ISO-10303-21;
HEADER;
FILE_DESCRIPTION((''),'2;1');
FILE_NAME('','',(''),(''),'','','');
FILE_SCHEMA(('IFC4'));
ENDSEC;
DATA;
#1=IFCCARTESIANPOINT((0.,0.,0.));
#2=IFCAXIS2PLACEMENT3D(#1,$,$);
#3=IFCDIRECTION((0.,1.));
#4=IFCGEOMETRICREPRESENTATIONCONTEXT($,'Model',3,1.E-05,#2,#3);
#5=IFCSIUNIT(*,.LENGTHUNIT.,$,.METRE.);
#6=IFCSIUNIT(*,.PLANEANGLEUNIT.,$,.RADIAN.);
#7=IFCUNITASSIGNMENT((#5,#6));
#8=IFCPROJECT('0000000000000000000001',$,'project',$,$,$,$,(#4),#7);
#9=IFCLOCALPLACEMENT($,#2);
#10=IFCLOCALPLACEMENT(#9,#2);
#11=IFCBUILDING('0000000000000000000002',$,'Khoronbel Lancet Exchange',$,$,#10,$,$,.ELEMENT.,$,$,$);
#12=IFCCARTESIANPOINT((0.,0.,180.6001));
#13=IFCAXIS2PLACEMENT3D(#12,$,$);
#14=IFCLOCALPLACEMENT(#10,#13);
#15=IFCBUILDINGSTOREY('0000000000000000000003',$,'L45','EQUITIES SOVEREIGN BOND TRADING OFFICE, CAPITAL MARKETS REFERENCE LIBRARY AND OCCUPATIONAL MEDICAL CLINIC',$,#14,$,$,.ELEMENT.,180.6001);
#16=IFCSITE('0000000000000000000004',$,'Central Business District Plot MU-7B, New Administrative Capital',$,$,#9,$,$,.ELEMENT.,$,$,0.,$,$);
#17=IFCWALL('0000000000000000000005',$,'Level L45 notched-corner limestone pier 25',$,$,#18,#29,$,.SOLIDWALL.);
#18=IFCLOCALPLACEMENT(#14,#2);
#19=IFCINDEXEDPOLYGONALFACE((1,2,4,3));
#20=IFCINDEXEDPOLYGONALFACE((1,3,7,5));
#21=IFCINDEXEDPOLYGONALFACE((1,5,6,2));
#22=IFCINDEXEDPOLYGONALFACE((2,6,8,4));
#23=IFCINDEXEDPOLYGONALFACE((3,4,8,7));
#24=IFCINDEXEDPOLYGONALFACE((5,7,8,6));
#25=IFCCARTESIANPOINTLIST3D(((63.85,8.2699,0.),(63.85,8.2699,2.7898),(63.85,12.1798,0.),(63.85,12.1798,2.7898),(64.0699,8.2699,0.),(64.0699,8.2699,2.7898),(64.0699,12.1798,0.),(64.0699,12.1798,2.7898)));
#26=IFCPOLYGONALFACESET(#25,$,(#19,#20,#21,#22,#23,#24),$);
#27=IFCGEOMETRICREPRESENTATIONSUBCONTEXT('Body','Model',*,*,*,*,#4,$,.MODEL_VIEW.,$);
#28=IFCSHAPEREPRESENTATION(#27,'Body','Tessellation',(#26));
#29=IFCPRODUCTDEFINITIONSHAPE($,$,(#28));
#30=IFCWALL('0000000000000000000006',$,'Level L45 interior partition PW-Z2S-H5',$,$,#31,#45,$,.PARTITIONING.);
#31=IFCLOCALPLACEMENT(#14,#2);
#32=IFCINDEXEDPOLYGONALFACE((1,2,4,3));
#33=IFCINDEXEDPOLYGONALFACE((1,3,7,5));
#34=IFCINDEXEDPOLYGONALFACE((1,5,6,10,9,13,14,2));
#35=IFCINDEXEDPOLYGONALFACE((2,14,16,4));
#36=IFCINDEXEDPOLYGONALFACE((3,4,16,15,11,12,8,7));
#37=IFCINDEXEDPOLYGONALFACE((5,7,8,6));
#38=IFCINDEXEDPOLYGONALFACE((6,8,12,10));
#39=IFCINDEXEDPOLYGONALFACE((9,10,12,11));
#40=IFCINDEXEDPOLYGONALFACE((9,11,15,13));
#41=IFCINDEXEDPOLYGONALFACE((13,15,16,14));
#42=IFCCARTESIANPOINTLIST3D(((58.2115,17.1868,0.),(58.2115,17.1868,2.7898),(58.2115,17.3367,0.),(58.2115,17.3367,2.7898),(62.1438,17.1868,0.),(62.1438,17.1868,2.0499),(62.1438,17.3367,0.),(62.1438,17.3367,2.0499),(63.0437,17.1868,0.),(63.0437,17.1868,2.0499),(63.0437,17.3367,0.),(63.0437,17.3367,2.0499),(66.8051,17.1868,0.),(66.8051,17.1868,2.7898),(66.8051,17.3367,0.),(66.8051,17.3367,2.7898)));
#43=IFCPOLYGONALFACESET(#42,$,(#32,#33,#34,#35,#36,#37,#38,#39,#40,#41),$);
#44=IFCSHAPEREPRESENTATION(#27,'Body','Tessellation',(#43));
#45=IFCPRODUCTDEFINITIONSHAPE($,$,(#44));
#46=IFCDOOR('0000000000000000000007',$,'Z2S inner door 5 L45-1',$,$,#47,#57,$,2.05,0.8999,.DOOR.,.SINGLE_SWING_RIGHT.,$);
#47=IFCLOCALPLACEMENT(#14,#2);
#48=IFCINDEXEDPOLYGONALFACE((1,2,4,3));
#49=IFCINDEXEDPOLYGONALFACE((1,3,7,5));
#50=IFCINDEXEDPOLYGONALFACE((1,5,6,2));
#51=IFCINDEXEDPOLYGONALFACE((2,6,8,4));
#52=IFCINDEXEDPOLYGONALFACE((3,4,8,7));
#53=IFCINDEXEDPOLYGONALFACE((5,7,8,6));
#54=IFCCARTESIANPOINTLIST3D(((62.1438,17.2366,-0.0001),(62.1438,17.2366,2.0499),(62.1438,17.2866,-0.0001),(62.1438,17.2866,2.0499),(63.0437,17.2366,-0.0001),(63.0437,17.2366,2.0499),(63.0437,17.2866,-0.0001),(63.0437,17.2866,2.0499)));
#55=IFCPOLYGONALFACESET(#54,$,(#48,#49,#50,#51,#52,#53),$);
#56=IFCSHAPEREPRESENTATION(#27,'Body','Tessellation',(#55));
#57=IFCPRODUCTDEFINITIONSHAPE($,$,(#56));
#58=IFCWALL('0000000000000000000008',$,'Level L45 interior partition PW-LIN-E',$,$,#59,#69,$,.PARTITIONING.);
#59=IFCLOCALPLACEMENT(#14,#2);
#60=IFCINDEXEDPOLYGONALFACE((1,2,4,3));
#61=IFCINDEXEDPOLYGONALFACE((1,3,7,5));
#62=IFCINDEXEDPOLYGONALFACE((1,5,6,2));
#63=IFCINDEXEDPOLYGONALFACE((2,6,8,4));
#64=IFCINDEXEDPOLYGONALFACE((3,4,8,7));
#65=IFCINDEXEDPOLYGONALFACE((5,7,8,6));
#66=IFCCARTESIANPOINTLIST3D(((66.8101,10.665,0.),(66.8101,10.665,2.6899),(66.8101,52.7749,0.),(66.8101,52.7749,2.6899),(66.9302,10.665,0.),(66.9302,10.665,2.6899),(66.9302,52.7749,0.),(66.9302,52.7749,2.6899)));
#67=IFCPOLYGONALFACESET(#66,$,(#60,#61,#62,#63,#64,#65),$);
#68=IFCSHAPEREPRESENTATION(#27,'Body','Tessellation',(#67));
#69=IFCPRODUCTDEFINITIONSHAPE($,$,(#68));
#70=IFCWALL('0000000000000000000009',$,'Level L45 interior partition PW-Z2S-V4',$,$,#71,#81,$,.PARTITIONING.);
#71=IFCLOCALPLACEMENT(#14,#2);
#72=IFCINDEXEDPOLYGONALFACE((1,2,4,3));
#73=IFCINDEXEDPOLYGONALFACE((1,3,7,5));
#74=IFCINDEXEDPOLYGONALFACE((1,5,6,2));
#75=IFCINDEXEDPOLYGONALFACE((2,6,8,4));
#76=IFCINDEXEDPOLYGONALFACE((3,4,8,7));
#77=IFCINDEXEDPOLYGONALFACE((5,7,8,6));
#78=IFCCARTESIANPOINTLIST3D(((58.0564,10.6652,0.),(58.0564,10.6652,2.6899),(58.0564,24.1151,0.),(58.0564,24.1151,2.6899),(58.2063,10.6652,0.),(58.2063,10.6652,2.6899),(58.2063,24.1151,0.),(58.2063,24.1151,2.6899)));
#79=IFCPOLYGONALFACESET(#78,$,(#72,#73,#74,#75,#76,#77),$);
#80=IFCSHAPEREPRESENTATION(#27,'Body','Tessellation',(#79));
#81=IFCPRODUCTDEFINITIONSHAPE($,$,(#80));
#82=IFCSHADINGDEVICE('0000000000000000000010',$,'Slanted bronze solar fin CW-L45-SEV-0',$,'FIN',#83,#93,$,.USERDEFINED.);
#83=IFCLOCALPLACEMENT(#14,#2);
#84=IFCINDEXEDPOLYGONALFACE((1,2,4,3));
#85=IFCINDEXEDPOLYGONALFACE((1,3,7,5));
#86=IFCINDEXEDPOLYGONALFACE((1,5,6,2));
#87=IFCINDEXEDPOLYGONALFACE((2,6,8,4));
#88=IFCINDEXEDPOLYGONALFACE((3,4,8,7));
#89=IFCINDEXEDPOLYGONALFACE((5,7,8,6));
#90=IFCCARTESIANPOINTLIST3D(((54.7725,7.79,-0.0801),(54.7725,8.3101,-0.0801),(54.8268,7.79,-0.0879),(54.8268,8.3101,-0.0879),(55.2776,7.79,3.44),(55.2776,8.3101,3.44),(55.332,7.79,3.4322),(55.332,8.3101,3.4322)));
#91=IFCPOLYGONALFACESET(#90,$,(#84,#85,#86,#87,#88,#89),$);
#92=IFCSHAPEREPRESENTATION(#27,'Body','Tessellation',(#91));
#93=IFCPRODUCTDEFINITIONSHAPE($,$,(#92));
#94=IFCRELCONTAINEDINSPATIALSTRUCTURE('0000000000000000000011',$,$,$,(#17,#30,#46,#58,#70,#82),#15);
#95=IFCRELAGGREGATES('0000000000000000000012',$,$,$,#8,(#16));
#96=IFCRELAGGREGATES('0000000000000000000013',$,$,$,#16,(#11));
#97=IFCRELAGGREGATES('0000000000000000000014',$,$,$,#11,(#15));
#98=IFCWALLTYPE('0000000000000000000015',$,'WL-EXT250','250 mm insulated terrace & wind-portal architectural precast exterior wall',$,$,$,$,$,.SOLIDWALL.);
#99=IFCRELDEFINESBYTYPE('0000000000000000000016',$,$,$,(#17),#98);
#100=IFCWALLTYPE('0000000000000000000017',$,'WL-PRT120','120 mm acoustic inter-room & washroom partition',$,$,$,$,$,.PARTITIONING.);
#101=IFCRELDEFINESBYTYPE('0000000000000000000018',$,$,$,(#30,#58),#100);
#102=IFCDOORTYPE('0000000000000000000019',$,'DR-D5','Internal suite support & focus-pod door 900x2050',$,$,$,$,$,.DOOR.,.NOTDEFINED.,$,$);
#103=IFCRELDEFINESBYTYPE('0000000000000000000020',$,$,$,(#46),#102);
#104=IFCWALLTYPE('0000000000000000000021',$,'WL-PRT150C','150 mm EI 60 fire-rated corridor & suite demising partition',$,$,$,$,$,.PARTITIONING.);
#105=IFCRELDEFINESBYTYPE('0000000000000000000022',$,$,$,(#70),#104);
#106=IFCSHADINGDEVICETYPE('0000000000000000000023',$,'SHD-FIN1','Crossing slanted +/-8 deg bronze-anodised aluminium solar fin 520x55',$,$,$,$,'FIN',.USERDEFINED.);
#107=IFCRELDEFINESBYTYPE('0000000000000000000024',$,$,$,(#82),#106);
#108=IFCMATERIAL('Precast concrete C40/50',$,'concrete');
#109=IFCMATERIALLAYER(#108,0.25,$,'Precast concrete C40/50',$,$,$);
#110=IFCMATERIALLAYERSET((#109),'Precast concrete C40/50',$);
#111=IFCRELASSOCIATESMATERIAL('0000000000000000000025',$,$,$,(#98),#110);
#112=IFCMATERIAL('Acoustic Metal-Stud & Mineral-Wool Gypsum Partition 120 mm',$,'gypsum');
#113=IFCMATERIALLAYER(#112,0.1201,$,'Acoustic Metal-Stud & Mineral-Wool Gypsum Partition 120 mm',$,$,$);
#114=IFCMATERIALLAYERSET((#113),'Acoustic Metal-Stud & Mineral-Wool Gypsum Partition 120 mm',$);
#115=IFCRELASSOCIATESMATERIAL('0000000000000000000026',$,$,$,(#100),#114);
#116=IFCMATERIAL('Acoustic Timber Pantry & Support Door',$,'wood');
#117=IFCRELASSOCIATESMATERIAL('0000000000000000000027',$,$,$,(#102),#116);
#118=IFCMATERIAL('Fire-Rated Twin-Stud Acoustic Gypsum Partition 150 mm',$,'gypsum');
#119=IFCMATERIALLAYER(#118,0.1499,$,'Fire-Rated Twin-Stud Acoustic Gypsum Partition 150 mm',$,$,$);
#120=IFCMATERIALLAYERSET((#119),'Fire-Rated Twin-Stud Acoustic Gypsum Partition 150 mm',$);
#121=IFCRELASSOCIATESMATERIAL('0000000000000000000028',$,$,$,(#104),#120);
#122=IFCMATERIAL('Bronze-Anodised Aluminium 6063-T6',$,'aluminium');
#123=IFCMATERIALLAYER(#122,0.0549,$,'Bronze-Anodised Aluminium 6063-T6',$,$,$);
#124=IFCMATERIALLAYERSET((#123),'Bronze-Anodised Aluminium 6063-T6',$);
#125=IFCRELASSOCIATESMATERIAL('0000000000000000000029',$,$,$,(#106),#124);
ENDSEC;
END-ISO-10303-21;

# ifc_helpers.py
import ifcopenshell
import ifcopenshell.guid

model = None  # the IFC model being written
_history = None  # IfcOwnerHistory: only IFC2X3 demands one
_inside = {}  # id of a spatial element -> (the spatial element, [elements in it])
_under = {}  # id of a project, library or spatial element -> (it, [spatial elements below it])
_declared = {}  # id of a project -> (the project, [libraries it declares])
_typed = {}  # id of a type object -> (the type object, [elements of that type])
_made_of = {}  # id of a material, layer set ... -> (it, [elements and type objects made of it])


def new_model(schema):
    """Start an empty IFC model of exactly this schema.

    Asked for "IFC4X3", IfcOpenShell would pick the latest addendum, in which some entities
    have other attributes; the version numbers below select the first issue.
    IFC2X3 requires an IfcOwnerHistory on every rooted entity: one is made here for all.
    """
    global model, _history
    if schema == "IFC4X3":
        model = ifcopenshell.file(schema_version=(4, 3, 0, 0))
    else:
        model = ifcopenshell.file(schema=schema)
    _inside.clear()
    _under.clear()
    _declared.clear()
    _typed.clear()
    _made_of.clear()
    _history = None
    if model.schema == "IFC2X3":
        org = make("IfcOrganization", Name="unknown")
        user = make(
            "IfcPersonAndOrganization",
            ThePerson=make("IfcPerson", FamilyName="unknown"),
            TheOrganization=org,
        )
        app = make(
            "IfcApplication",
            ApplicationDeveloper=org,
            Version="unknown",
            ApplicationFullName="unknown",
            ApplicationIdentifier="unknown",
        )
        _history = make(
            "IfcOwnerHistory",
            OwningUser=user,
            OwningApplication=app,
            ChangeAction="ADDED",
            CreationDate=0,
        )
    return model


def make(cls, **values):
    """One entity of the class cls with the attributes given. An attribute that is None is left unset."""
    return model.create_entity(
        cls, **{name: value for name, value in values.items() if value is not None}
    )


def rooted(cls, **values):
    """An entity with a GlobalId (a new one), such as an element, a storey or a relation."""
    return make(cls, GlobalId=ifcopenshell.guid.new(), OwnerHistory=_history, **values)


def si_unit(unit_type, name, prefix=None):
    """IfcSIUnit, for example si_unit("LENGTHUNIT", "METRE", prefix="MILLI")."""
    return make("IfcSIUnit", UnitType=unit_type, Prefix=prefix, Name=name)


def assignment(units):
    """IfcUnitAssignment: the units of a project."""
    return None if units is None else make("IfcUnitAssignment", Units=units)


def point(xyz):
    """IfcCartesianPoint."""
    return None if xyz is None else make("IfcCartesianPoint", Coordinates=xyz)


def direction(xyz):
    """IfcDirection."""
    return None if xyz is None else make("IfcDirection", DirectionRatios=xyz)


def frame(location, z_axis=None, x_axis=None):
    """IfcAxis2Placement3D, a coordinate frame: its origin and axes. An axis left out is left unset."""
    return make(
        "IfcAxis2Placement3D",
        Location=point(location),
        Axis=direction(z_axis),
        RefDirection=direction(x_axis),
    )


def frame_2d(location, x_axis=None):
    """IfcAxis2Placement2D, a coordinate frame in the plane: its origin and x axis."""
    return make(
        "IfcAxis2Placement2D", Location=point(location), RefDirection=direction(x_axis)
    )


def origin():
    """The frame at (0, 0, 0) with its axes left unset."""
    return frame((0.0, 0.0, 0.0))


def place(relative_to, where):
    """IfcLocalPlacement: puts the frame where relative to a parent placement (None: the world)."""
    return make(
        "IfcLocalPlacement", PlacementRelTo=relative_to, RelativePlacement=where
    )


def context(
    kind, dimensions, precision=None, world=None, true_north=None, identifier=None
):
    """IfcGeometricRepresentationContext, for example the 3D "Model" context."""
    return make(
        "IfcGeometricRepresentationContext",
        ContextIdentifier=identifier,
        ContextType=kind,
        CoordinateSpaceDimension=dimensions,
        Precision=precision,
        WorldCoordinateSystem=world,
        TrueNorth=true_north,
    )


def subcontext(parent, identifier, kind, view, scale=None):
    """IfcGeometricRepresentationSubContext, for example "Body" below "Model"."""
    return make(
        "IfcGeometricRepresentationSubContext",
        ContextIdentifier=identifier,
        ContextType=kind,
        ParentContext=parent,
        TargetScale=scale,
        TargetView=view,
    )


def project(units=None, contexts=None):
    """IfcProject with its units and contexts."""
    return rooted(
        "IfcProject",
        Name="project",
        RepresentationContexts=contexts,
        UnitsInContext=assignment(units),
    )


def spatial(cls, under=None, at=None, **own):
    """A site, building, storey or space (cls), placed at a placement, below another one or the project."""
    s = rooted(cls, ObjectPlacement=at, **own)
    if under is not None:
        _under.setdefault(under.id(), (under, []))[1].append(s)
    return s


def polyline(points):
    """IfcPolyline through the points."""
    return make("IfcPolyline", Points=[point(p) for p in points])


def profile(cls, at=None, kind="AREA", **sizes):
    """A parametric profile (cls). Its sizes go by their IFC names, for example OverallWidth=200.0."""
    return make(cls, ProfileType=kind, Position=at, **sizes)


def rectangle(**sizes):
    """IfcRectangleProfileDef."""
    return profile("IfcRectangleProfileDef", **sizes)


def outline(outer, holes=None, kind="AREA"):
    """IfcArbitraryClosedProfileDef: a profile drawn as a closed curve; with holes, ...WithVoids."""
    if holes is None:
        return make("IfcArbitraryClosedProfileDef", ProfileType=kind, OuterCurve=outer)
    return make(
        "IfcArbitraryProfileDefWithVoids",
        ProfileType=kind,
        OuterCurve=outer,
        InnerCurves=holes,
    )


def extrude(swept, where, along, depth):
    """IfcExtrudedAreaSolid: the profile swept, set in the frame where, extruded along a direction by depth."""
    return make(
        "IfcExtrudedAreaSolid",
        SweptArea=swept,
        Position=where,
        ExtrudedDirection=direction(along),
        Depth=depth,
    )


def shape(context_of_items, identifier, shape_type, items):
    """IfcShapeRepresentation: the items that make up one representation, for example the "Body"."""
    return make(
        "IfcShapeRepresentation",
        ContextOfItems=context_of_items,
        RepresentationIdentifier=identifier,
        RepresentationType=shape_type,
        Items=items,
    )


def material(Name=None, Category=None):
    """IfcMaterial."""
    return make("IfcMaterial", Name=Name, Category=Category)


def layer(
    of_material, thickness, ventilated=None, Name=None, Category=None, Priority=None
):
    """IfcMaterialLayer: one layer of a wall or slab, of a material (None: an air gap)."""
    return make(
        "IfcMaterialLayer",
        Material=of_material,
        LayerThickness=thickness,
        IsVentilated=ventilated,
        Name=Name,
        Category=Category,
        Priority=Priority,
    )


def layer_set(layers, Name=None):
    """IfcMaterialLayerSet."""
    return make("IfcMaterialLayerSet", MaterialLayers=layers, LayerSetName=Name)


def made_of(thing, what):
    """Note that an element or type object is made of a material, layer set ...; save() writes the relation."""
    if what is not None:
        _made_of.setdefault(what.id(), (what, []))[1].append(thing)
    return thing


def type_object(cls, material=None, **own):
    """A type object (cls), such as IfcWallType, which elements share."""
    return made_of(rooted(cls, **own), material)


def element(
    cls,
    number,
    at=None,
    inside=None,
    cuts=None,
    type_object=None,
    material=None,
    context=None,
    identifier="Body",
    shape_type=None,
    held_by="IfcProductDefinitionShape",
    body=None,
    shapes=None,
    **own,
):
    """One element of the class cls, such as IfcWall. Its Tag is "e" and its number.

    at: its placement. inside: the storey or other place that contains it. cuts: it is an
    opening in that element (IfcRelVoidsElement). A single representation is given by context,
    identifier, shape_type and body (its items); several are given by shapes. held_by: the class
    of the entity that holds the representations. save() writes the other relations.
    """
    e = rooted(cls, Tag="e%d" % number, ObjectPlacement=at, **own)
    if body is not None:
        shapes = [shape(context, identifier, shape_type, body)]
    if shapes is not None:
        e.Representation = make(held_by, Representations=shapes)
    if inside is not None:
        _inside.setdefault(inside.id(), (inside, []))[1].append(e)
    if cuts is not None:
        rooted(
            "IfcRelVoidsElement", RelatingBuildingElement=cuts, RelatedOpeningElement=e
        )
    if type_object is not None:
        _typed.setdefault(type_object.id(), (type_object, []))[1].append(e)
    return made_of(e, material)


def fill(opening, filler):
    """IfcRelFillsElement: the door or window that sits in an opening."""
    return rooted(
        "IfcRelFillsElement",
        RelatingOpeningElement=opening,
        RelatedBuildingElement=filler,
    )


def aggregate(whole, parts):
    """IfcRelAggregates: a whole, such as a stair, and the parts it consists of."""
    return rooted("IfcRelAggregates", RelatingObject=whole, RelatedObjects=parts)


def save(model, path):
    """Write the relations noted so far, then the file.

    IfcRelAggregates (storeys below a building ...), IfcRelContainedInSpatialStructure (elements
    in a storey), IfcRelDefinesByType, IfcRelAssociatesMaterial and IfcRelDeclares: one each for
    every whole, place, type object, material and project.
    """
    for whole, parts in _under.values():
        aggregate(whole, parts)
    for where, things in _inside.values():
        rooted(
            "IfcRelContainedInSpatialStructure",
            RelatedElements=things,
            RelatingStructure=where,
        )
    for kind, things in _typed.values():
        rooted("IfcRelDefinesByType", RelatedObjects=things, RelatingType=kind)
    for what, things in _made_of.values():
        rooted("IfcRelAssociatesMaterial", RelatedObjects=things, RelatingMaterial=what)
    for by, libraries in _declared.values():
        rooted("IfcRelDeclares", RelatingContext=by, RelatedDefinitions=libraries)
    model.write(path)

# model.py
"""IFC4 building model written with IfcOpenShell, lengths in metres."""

from ifc_helpers import new_model, si_unit, direction, frame, frame_2d, origin, place, context, subcontext, project, spatial, polyline, rectangle, outline, extrude, material, layer, layer_set, type_object, element, fill, save


model = new_model("IFC4")

# Units and contexts
model_context = context("Model", 3, precision=1e-05, world=origin(), true_north=direction((0.0, 1.0)))
body_context = subcontext(model_context, "Body", "Model", "MODEL_VIEW")
ifc_project = project(units=[si_unit("LENGTHUNIT", "METRE"), si_unit("PLANEANGLEUNIT", "RADIAN")], contexts=[model_context])

# Site, building, storey
site_placement = place(None, origin())
site = spatial("IfcSite", under=ifc_project, at=site_placement, Name="Central Business District Plot MU-7B, New Administrative Capital", CompositionType="ELEMENT", RefElevation=0.0)
building_placement = place(site_placement, origin())
building = spatial("IfcBuilding", under=site, at=building_placement, Name="Khoronbel Lancet Exchange", CompositionType="ELEMENT")
storey_placement = place(building_placement, frame((0.0, 0.0, 180.6001)))
storey = spatial("IfcBuildingStorey", under=building, at=storey_placement, Name="L45", Description="EQUITIES SOVEREIGN BOND TRADING OFFICE, CAPITAL MARKETS REFERENCE LIBRARY AND OCCUPATIONAL MEDICAL CLINIC", CompositionType="ELEMENT", Elevation=180.6001)

# Shared definitions
ifc_material_1 = material(Name="Bronze-Anodised Aluminium 6063-T6", Category="aluminium")

# Wall
ifc_material_2 = material(Name="Precast concrete C40/50", Category="concrete")
ifc_layer_1 = layer(ifc_material_2, 0.25, Name="Precast concrete C40/50")
ifc_layer_set_1 = layer_set([ifc_layer_1], Name="Precast concrete C40/50")
wall_type_1 = type_object("IfcWallType", Name="WL-EXT250", Description="250 mm insulated terrace & wind-portal architectural precast exterior wall", PredefinedType="SOLIDWALL", material=ifc_layer_set_1)
wall_1_placement = place(storey_placement, frame((63.96, 12.1799, 0.0), z_axis=(0.0, 0.0, 1.0), x_axis=(0.0, -1.0, 0.0)))
element("IfcWall", 1, at=wall_1_placement, inside=storey, type_object=wall_type_1, Name="Level L45 notched-corner limestone pier 25", PredefinedType="SOLIDWALL", context=body_context, shape_type="SweptSolid", body=[
    extrude(rectangle(XDim=3.9099, YDim=0.22, at=frame_2d((1.9551, 0.0))), origin(), (0.0, 0.0, 1.0), 2.7898),
])

# Wall, opening, door
ifc_material_3 = material(Name="Acoustic Metal-Stud & Mineral-Wool Gypsum Partition 120 mm", Category="gypsum")
ifc_layer_2 = layer(ifc_material_3, 0.1201, Name="Acoustic Metal-Stud & Mineral-Wool Gypsum Partition 120 mm")
ifc_layer_set_2 = layer_set([ifc_layer_2], Name="Acoustic Metal-Stud & Mineral-Wool Gypsum Partition 120 mm")
wall_type_2 = type_object("IfcWallType", Name="WL-PRT120", Description="120 mm acoustic inter-room & washroom partition", PredefinedType="PARTITIONING", material=ifc_layer_set_2)
wall_2_placement = place(storey_placement, frame((58.2114, 17.2617, 0.0), z_axis=(0.0, 0.0, 1.0), x_axis=(1.0, 0.0, 0.0)))
wall_2 = element("IfcWall", 2, at=wall_2_placement, inside=storey, type_object=wall_type_2, Name="Level L45 interior partition PW-Z2S-H5", PredefinedType="PARTITIONING", context=body_context, shape_type="SweptSolid", body=[
    extrude(rectangle(XDim=8.5935, YDim=0.1499, at=frame_2d((4.2969, 0.0))), origin(), (0.0, 0.0, 1.0), 2.7898),
])
opening_placement = place(wall_2_placement, frame((3.9324, 0.0, 0.0)))
opening = element("IfcOpeningElement", 3, at=opening_placement, cuts=wall_2, PredefinedType="OPENING", context=body_context, shape_type="SweptSolid", body=[
    extrude(rectangle(XDim=0.8999, YDim=2.05, at=frame_2d((0.45, 1.0249))), frame((0.0, 0.085, 0.0), z_axis=(0.0, -1.0, 0.0), x_axis=(1.0, 0.0, 0.0)), (0.0, 0.0, 1.0), 0.1699),
])
ifc_material_4 = material(Name="Acoustic Timber Pantry & Support Door", Category="wood")
door_type = type_object("IfcDoorType", Name="DR-D5", Description="Internal suite support & focus-pod door 900x2050", OperationType="NOTDEFINED", PredefinedType="DOOR", material=ifc_material_4)
door_placement = place(opening_placement, origin())
door = element("IfcDoor", 4, at=door_placement, inside=storey, type_object=door_type, Name="Z2S inner door 5 L45-1", OperationType="SINGLE_SWING_RIGHT", OverallHeight=2.05, OverallWidth=0.8999, PredefinedType="DOOR", context=body_context, shape_type="SweptSolid", body=[
    extrude(rectangle(XDim=0.8999, YDim=2.05, at=frame_2d((0.45, 1.0249))), frame((0.0, 0.0249, 0.0), z_axis=(0.0, -1.0, 0.0), x_axis=(1.0, 0.0, 0.0)), (0.0, 0.0, 1.0), 0.05),
])
fill(opening, door)

# Walls
wall_3_placement = place(storey_placement, frame((66.8701, 10.665, 0.0), z_axis=(0.0, 0.0, 1.0), x_axis=(0.0, 1.0, 0.0)))
element("IfcWall", 5, at=wall_3_placement, inside=storey, type_object=wall_type_2, Name="Level L45 interior partition PW-LIN-E", PredefinedType="PARTITIONING", context=body_context, shape_type="SweptSolid", body=[
    extrude(rectangle(XDim=42.1099, YDim=0.1201, at=frame_2d((21.0549, 0.0))), origin(), (0.0, 0.0, 1.0), 2.6899),
])
ifc_material_5 = material(Name="Fire-Rated Twin-Stud Acoustic Gypsum Partition 150 mm", Category="gypsum")
ifc_layer_3 = layer(ifc_material_5, 0.1499, Name="Fire-Rated Twin-Stud Acoustic Gypsum Partition 150 mm")
ifc_layer_set_3 = layer_set([ifc_layer_3], Name="Fire-Rated Twin-Stud Acoustic Gypsum Partition 150 mm")
wall_type_3 = type_object("IfcWallType", Name="WL-PRT150C", Description="150 mm EI 60 fire-rated corridor & suite demising partition", PredefinedType="PARTITIONING", material=ifc_layer_set_3)
wall_4_placement = place(storey_placement, frame((58.1313, 10.665, 0.0), z_axis=(0.0, 0.0, 1.0), x_axis=(0.0, 1.0, 0.0)))
element("IfcWall", 6, at=wall_4_placement, inside=storey, type_object=wall_type_3, Name="Level L45 interior partition PW-Z2S-V4", PredefinedType="PARTITIONING", context=body_context, shape_type="SweptSolid", body=[
    extrude(rectangle(XDim=13.45, YDim=0.1499, at=frame_2d((6.7251, 0.0))), origin(), (0.0, 0.0, 1.0), 2.6899),
])

# Shading device
ifc_layer_4 = layer(ifc_material_1, 0.0549, Name="Bronze-Anodised Aluminium 6063-T6")
ifc_layer_set_4 = layer_set([ifc_layer_4], Name="Bronze-Anodised Aluminium 6063-T6")
shading_device_type = type_object("IfcShadingDeviceType", Name="SHD-FIN1", Description="Crossing slanted +/-8 deg bronze-anodised aluminium solar fin 520x55", ElementType="FIN", PredefinedType="USERDEFINED", material=ifc_layer_set_4)
shading_device_placement = place(storey_placement, frame((54.7725, 8.3101, -0.0801), z_axis=(-0.98986, 0.0, 0.142046), x_axis=(0.0, -1.0, 0.0)))
element("IfcShadingDevice", 7, at=shading_device_placement, inside=storey, type_object=shading_device_type, Name="Slanted bronze solar fin CW-L45-SEV-0", ObjectType="FIN", PredefinedType="USERDEFINED", context=body_context, shape_type="SweptSolid", body=[
    extrude(outline(polyline([(0.0, 0.0), (0.52, 0.0), (0.52, 3.5562), (0.0, 3.5562), (0.0, 0.0)])), origin(), (0.0, 0.0, -1.0), 0.0549),
])

save(model, "model.ifc")
